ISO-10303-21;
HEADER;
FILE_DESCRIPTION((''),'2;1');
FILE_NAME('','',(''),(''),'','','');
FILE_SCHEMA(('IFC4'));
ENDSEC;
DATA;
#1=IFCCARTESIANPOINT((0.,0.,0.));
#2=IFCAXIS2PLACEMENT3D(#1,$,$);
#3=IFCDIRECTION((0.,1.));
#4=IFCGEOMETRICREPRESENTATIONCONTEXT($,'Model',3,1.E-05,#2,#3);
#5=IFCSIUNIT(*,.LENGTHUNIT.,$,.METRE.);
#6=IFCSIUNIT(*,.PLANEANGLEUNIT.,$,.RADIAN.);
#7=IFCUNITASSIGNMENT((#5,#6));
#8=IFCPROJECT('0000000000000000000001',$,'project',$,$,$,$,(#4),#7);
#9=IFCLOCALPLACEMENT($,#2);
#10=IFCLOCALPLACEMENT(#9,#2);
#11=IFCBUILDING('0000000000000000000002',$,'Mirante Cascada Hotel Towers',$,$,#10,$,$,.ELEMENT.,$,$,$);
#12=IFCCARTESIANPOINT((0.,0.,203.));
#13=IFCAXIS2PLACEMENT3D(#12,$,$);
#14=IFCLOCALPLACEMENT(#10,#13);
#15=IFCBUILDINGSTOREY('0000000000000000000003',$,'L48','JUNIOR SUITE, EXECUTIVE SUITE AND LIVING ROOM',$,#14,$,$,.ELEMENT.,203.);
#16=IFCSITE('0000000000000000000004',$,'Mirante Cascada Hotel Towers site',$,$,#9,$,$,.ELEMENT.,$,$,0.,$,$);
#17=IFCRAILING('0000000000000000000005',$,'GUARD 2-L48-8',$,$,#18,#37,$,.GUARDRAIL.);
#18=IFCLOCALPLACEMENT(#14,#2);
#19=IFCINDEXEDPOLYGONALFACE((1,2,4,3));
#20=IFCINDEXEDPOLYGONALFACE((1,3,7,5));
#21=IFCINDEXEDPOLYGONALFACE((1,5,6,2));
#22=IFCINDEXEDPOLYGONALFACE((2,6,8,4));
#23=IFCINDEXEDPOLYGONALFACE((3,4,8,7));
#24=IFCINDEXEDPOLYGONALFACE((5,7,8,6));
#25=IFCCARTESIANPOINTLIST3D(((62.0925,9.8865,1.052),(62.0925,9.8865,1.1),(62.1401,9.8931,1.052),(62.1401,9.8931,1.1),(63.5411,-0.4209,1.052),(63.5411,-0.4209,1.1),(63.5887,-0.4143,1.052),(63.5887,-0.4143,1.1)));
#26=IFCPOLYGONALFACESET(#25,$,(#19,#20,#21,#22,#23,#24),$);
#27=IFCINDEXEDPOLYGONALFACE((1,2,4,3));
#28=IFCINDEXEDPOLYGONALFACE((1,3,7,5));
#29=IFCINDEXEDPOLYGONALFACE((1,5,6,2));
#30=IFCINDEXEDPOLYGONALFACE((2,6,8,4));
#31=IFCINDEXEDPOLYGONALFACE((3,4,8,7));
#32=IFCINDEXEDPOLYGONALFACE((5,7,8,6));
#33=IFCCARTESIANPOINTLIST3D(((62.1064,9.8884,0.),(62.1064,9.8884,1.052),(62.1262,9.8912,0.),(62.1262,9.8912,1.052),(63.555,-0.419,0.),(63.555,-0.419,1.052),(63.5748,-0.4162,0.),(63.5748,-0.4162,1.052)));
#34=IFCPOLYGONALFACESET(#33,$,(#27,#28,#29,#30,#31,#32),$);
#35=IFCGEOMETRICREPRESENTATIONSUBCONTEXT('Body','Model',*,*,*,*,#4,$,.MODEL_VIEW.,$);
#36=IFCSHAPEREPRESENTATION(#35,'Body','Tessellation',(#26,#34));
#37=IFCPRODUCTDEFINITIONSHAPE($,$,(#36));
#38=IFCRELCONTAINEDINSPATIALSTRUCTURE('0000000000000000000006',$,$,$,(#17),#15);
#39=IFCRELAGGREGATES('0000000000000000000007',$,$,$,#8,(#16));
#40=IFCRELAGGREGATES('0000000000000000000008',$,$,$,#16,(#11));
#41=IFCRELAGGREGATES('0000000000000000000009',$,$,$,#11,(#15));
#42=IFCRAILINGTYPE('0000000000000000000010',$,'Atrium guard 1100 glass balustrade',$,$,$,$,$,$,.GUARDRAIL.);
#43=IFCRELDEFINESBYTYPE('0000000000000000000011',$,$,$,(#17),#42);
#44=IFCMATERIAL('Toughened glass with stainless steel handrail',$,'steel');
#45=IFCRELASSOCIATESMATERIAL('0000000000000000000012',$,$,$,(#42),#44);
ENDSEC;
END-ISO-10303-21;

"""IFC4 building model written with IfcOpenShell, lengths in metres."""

from ifc_helpers import new_model, si_unit, direction, frame, origin, origin_2d, place, context, subcontext, project, spatial, rectangle, extrude, material, type_object, element, save


model = new_model("IFC4")

# Units and contexts
model_context = context("Model", 3, precision=1e-05, world=origin(), true_north=direction((0.0, 1.0)))
body_context = subcontext(model_context, "Body", "Model", "MODEL_VIEW")
ifc_project = project(units=[si_unit("LENGTHUNIT", "METRE"), si_unit("PLANEANGLEUNIT", "RADIAN")], contexts=[model_context])

# Site, building, storey
site_placement = place(None, origin())
site = spatial("IfcSite", under=ifc_project, at=site_placement, Name="Mirante Cascada Hotel Towers site", CompositionType="ELEMENT", RefElevation=0.0)
building_placement = place(site_placement, origin())
building = spatial("IfcBuilding", under=site, at=building_placement, Name="Mirante Cascada Hotel Towers", CompositionType="ELEMENT")
storey_placement = place(building_placement, frame((0.0, 0.0, 203.0)))
storey = spatial("IfcBuildingStorey", under=building, at=storey_placement, Name="L48", Description="JUNIOR SUITE, EXECUTIVE SUITE AND LIVING ROOM", CompositionType="ELEMENT", Elevation=203.0)

# Railing
ifc_material_1 = material(Name="Toughened glass with stainless steel handrail", Category="steel")
railing_type = type_object("IfcRailingType", Name="Atrium guard 1100 glass balustrade", PredefinedType="GUARDRAIL", material=ifc_material_1)
for number, where, name in (
    (1, (62.1163, 9.8898, 0.0), "GUARD 2-L48-8"),
):
    element("IfcRailing", number, at=place(storey_placement, frame(where)), inside=storey, type_object=railing_type, Name=name, PredefinedType="GUARDRAIL", context=body_context, shape_type="SweptSolid", body=[
        extrude(rectangle(XDim=0.048, YDim=0.048, at=origin_2d()), frame((0.0, 0.0, 1.076), z_axis=(0.139172, -0.990268, 0.0), x_axis=(0.990268, 0.139172, 0.0)), (0.0, 0.0, 1.0), 10.4087),
        extrude(rectangle(XDim=0.02, YDim=1.052, at=origin_2d()), frame((0.0, 0.0, 0.526), z_axis=(0.139172, -0.990268, 0.0), x_axis=(0.990268, 0.139172, 0.0)), (0.0, 0.0, 1.0), 10.4087),
    ])

save(model, "model.ifc")
